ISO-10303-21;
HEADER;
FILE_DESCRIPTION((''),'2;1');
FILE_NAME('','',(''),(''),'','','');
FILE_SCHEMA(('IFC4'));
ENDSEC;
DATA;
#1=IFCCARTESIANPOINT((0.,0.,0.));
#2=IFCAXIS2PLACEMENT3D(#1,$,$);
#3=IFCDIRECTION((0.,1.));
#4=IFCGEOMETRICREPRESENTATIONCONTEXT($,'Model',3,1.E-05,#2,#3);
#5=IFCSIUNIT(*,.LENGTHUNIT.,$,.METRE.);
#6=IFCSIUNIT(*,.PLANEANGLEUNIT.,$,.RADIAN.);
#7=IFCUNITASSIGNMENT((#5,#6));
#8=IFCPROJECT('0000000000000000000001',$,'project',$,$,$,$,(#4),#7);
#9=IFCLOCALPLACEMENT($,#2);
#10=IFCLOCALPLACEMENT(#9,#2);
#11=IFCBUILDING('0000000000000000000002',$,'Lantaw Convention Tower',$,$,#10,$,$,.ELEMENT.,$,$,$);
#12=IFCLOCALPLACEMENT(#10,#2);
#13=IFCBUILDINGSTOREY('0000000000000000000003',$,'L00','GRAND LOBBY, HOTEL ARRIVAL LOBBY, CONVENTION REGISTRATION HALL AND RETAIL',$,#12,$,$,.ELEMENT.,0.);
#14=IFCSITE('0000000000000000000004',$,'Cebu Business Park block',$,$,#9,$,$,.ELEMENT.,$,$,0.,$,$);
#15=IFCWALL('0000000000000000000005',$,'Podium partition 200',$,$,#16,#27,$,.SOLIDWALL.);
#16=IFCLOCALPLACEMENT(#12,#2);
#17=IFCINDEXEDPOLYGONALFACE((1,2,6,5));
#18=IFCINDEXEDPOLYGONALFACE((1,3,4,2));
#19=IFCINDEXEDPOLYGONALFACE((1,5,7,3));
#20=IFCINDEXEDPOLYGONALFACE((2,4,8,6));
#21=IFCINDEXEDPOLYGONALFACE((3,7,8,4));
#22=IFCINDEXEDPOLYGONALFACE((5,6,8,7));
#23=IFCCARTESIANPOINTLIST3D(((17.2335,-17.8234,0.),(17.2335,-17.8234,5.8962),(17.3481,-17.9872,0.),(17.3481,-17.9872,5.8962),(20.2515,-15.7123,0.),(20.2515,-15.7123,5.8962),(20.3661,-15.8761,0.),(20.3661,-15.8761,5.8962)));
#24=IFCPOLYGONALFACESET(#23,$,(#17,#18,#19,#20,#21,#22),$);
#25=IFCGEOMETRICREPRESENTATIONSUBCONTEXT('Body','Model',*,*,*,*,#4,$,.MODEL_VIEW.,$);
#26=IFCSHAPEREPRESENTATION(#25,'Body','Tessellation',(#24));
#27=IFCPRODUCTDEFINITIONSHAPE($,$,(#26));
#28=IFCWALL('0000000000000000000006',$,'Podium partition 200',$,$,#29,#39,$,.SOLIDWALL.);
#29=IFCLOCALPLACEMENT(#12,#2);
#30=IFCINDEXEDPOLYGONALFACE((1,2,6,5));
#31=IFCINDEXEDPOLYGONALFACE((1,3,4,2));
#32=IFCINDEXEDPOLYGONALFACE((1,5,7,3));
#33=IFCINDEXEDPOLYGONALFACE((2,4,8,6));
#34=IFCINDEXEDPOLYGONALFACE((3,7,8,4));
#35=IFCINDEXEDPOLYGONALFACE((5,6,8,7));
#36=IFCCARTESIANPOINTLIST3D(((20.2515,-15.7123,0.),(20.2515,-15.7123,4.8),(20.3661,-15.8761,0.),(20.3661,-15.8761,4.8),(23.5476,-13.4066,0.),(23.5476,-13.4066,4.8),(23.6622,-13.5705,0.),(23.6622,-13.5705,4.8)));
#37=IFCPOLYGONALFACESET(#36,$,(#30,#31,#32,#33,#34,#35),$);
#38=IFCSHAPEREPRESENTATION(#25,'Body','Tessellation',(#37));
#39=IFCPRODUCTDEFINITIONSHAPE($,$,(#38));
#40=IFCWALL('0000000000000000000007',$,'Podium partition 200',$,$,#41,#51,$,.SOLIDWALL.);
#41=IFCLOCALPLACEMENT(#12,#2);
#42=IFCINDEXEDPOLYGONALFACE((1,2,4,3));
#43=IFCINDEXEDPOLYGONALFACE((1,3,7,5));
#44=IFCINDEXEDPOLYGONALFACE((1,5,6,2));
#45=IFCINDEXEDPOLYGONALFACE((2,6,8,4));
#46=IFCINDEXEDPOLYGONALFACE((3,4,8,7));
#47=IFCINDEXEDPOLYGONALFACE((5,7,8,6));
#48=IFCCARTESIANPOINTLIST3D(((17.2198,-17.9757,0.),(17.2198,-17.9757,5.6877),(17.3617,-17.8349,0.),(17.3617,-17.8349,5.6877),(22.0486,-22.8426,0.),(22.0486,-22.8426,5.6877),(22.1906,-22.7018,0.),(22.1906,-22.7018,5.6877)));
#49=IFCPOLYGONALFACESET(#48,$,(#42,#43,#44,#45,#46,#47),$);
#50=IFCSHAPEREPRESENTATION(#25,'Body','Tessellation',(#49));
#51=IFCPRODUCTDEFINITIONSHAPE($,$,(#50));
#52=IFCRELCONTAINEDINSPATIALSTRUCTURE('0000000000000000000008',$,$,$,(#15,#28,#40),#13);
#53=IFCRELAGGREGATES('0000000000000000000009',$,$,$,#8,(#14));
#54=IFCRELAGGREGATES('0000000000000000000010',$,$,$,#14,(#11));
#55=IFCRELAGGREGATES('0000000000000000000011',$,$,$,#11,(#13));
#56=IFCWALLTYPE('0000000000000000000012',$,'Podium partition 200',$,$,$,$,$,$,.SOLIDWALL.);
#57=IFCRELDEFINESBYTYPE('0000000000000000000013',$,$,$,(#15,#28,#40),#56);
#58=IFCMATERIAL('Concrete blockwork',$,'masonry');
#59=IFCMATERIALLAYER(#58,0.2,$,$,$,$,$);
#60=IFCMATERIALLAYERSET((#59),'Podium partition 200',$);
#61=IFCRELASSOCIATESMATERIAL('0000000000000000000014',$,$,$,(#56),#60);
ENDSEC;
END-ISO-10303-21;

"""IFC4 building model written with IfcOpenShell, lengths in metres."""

from ifc_helpers import new_model, si_unit, direction, frame, frame_2d, origin, place, context, subcontext, project, spatial, rectangle, extrude, material, layer, layer_set, type_object, element, save


model = new_model("IFC4")

# Units and contexts
model_context = context("Model", 3, precision=1e-05, world=origin(), true_north=direction((0.0, 1.0)))
body_context = subcontext(model_context, "Body", "Model", "MODEL_VIEW")
ifc_project = project(units=[si_unit("LENGTHUNIT", "METRE"), si_unit("PLANEANGLEUNIT", "RADIAN")], contexts=[model_context])

# Site, building, storey
site_placement = place(None, origin())
site = spatial("IfcSite", under=ifc_project, at=site_placement, Name="Cebu Business Park block", CompositionType="ELEMENT", RefElevation=0.0)
building_placement = place(site_placement, origin())
building = spatial("IfcBuilding", under=site, at=building_placement, Name="Lantaw Convention Tower", CompositionType="ELEMENT")
storey_placement = place(building_placement, origin())
storey = spatial("IfcBuildingStorey", under=building, at=storey_placement, Name="L00", Description="GRAND LOBBY, HOTEL ARRIVAL LOBBY, CONVENTION REGISTRATION HALL AND RETAIL", CompositionType="ELEMENT", Elevation=0.0)

# Walls
ifc_material_1 = material(Name="Concrete blockwork", Category="masonry")
ifc_layer_1 = layer(ifc_material_1, 0.2)
ifc_layer_set_1 = layer_set([ifc_layer_1], Name="Podium partition 200")
wall_type_1 = type_object("IfcWallType", Name="Podium partition 200", PredefinedType="SOLIDWALL", material=ifc_layer_set_1)
wall_1_placement = place(storey_placement, frame((17.2908, -17.9053, 0.0), z_axis=(0.0, 0.0, 1.0), x_axis=(0.819431, 0.573178, 0.0)))
element("IfcWall", 1, at=wall_1_placement, inside=storey, type_object=wall_type_1, Name="Podium partition 200", PredefinedType="SOLIDWALL", context=body_context, shape_type="SweptSolid", body=[
    extrude(rectangle(XDim=3.6831, YDim=0.2, at=frame_2d((1.8416, 0.0))), origin(), (0.0, 0.0, 1.0), 5.8962),
])
wall_2_placement = place(storey_placement, frame((20.3088, -15.7942, 0.0), z_axis=(0.0, 0.0, 1.0), x_axis=(0.819423, 0.573189, 0.0)))
element("IfcWall", 2, at=wall_2_placement, inside=storey, type_object=wall_type_1, Name="Podium partition 200", PredefinedType="SOLIDWALL", context=body_context, shape_type="SweptSolid", body=[
    extrude(rectangle(XDim=4.0225, YDim=0.2, at=frame_2d((2.0112, 0.0))), origin(), (0.0, 0.0, 1.0), 4.8),
])
wall_3_placement = place(storey_placement, frame((17.2908, -17.9053, 0.0), z_axis=(0.0, 0.0, 1.0), x_axis=(0.704324, -0.709879, 0.0)))
element("IfcWall", 3, at=wall_3_placement, inside=storey, type_object=wall_type_1, Name="Podium partition 200", PredefinedType="SOLIDWALL", context=body_context, shape_type="SweptSolid", body=[
    extrude(rectangle(XDim=6.856, YDim=0.2, at=frame_2d((3.428, 0.0))), origin(), (0.0, 0.0, 1.0), 5.6877),
])

save(model, "model.ifc")
